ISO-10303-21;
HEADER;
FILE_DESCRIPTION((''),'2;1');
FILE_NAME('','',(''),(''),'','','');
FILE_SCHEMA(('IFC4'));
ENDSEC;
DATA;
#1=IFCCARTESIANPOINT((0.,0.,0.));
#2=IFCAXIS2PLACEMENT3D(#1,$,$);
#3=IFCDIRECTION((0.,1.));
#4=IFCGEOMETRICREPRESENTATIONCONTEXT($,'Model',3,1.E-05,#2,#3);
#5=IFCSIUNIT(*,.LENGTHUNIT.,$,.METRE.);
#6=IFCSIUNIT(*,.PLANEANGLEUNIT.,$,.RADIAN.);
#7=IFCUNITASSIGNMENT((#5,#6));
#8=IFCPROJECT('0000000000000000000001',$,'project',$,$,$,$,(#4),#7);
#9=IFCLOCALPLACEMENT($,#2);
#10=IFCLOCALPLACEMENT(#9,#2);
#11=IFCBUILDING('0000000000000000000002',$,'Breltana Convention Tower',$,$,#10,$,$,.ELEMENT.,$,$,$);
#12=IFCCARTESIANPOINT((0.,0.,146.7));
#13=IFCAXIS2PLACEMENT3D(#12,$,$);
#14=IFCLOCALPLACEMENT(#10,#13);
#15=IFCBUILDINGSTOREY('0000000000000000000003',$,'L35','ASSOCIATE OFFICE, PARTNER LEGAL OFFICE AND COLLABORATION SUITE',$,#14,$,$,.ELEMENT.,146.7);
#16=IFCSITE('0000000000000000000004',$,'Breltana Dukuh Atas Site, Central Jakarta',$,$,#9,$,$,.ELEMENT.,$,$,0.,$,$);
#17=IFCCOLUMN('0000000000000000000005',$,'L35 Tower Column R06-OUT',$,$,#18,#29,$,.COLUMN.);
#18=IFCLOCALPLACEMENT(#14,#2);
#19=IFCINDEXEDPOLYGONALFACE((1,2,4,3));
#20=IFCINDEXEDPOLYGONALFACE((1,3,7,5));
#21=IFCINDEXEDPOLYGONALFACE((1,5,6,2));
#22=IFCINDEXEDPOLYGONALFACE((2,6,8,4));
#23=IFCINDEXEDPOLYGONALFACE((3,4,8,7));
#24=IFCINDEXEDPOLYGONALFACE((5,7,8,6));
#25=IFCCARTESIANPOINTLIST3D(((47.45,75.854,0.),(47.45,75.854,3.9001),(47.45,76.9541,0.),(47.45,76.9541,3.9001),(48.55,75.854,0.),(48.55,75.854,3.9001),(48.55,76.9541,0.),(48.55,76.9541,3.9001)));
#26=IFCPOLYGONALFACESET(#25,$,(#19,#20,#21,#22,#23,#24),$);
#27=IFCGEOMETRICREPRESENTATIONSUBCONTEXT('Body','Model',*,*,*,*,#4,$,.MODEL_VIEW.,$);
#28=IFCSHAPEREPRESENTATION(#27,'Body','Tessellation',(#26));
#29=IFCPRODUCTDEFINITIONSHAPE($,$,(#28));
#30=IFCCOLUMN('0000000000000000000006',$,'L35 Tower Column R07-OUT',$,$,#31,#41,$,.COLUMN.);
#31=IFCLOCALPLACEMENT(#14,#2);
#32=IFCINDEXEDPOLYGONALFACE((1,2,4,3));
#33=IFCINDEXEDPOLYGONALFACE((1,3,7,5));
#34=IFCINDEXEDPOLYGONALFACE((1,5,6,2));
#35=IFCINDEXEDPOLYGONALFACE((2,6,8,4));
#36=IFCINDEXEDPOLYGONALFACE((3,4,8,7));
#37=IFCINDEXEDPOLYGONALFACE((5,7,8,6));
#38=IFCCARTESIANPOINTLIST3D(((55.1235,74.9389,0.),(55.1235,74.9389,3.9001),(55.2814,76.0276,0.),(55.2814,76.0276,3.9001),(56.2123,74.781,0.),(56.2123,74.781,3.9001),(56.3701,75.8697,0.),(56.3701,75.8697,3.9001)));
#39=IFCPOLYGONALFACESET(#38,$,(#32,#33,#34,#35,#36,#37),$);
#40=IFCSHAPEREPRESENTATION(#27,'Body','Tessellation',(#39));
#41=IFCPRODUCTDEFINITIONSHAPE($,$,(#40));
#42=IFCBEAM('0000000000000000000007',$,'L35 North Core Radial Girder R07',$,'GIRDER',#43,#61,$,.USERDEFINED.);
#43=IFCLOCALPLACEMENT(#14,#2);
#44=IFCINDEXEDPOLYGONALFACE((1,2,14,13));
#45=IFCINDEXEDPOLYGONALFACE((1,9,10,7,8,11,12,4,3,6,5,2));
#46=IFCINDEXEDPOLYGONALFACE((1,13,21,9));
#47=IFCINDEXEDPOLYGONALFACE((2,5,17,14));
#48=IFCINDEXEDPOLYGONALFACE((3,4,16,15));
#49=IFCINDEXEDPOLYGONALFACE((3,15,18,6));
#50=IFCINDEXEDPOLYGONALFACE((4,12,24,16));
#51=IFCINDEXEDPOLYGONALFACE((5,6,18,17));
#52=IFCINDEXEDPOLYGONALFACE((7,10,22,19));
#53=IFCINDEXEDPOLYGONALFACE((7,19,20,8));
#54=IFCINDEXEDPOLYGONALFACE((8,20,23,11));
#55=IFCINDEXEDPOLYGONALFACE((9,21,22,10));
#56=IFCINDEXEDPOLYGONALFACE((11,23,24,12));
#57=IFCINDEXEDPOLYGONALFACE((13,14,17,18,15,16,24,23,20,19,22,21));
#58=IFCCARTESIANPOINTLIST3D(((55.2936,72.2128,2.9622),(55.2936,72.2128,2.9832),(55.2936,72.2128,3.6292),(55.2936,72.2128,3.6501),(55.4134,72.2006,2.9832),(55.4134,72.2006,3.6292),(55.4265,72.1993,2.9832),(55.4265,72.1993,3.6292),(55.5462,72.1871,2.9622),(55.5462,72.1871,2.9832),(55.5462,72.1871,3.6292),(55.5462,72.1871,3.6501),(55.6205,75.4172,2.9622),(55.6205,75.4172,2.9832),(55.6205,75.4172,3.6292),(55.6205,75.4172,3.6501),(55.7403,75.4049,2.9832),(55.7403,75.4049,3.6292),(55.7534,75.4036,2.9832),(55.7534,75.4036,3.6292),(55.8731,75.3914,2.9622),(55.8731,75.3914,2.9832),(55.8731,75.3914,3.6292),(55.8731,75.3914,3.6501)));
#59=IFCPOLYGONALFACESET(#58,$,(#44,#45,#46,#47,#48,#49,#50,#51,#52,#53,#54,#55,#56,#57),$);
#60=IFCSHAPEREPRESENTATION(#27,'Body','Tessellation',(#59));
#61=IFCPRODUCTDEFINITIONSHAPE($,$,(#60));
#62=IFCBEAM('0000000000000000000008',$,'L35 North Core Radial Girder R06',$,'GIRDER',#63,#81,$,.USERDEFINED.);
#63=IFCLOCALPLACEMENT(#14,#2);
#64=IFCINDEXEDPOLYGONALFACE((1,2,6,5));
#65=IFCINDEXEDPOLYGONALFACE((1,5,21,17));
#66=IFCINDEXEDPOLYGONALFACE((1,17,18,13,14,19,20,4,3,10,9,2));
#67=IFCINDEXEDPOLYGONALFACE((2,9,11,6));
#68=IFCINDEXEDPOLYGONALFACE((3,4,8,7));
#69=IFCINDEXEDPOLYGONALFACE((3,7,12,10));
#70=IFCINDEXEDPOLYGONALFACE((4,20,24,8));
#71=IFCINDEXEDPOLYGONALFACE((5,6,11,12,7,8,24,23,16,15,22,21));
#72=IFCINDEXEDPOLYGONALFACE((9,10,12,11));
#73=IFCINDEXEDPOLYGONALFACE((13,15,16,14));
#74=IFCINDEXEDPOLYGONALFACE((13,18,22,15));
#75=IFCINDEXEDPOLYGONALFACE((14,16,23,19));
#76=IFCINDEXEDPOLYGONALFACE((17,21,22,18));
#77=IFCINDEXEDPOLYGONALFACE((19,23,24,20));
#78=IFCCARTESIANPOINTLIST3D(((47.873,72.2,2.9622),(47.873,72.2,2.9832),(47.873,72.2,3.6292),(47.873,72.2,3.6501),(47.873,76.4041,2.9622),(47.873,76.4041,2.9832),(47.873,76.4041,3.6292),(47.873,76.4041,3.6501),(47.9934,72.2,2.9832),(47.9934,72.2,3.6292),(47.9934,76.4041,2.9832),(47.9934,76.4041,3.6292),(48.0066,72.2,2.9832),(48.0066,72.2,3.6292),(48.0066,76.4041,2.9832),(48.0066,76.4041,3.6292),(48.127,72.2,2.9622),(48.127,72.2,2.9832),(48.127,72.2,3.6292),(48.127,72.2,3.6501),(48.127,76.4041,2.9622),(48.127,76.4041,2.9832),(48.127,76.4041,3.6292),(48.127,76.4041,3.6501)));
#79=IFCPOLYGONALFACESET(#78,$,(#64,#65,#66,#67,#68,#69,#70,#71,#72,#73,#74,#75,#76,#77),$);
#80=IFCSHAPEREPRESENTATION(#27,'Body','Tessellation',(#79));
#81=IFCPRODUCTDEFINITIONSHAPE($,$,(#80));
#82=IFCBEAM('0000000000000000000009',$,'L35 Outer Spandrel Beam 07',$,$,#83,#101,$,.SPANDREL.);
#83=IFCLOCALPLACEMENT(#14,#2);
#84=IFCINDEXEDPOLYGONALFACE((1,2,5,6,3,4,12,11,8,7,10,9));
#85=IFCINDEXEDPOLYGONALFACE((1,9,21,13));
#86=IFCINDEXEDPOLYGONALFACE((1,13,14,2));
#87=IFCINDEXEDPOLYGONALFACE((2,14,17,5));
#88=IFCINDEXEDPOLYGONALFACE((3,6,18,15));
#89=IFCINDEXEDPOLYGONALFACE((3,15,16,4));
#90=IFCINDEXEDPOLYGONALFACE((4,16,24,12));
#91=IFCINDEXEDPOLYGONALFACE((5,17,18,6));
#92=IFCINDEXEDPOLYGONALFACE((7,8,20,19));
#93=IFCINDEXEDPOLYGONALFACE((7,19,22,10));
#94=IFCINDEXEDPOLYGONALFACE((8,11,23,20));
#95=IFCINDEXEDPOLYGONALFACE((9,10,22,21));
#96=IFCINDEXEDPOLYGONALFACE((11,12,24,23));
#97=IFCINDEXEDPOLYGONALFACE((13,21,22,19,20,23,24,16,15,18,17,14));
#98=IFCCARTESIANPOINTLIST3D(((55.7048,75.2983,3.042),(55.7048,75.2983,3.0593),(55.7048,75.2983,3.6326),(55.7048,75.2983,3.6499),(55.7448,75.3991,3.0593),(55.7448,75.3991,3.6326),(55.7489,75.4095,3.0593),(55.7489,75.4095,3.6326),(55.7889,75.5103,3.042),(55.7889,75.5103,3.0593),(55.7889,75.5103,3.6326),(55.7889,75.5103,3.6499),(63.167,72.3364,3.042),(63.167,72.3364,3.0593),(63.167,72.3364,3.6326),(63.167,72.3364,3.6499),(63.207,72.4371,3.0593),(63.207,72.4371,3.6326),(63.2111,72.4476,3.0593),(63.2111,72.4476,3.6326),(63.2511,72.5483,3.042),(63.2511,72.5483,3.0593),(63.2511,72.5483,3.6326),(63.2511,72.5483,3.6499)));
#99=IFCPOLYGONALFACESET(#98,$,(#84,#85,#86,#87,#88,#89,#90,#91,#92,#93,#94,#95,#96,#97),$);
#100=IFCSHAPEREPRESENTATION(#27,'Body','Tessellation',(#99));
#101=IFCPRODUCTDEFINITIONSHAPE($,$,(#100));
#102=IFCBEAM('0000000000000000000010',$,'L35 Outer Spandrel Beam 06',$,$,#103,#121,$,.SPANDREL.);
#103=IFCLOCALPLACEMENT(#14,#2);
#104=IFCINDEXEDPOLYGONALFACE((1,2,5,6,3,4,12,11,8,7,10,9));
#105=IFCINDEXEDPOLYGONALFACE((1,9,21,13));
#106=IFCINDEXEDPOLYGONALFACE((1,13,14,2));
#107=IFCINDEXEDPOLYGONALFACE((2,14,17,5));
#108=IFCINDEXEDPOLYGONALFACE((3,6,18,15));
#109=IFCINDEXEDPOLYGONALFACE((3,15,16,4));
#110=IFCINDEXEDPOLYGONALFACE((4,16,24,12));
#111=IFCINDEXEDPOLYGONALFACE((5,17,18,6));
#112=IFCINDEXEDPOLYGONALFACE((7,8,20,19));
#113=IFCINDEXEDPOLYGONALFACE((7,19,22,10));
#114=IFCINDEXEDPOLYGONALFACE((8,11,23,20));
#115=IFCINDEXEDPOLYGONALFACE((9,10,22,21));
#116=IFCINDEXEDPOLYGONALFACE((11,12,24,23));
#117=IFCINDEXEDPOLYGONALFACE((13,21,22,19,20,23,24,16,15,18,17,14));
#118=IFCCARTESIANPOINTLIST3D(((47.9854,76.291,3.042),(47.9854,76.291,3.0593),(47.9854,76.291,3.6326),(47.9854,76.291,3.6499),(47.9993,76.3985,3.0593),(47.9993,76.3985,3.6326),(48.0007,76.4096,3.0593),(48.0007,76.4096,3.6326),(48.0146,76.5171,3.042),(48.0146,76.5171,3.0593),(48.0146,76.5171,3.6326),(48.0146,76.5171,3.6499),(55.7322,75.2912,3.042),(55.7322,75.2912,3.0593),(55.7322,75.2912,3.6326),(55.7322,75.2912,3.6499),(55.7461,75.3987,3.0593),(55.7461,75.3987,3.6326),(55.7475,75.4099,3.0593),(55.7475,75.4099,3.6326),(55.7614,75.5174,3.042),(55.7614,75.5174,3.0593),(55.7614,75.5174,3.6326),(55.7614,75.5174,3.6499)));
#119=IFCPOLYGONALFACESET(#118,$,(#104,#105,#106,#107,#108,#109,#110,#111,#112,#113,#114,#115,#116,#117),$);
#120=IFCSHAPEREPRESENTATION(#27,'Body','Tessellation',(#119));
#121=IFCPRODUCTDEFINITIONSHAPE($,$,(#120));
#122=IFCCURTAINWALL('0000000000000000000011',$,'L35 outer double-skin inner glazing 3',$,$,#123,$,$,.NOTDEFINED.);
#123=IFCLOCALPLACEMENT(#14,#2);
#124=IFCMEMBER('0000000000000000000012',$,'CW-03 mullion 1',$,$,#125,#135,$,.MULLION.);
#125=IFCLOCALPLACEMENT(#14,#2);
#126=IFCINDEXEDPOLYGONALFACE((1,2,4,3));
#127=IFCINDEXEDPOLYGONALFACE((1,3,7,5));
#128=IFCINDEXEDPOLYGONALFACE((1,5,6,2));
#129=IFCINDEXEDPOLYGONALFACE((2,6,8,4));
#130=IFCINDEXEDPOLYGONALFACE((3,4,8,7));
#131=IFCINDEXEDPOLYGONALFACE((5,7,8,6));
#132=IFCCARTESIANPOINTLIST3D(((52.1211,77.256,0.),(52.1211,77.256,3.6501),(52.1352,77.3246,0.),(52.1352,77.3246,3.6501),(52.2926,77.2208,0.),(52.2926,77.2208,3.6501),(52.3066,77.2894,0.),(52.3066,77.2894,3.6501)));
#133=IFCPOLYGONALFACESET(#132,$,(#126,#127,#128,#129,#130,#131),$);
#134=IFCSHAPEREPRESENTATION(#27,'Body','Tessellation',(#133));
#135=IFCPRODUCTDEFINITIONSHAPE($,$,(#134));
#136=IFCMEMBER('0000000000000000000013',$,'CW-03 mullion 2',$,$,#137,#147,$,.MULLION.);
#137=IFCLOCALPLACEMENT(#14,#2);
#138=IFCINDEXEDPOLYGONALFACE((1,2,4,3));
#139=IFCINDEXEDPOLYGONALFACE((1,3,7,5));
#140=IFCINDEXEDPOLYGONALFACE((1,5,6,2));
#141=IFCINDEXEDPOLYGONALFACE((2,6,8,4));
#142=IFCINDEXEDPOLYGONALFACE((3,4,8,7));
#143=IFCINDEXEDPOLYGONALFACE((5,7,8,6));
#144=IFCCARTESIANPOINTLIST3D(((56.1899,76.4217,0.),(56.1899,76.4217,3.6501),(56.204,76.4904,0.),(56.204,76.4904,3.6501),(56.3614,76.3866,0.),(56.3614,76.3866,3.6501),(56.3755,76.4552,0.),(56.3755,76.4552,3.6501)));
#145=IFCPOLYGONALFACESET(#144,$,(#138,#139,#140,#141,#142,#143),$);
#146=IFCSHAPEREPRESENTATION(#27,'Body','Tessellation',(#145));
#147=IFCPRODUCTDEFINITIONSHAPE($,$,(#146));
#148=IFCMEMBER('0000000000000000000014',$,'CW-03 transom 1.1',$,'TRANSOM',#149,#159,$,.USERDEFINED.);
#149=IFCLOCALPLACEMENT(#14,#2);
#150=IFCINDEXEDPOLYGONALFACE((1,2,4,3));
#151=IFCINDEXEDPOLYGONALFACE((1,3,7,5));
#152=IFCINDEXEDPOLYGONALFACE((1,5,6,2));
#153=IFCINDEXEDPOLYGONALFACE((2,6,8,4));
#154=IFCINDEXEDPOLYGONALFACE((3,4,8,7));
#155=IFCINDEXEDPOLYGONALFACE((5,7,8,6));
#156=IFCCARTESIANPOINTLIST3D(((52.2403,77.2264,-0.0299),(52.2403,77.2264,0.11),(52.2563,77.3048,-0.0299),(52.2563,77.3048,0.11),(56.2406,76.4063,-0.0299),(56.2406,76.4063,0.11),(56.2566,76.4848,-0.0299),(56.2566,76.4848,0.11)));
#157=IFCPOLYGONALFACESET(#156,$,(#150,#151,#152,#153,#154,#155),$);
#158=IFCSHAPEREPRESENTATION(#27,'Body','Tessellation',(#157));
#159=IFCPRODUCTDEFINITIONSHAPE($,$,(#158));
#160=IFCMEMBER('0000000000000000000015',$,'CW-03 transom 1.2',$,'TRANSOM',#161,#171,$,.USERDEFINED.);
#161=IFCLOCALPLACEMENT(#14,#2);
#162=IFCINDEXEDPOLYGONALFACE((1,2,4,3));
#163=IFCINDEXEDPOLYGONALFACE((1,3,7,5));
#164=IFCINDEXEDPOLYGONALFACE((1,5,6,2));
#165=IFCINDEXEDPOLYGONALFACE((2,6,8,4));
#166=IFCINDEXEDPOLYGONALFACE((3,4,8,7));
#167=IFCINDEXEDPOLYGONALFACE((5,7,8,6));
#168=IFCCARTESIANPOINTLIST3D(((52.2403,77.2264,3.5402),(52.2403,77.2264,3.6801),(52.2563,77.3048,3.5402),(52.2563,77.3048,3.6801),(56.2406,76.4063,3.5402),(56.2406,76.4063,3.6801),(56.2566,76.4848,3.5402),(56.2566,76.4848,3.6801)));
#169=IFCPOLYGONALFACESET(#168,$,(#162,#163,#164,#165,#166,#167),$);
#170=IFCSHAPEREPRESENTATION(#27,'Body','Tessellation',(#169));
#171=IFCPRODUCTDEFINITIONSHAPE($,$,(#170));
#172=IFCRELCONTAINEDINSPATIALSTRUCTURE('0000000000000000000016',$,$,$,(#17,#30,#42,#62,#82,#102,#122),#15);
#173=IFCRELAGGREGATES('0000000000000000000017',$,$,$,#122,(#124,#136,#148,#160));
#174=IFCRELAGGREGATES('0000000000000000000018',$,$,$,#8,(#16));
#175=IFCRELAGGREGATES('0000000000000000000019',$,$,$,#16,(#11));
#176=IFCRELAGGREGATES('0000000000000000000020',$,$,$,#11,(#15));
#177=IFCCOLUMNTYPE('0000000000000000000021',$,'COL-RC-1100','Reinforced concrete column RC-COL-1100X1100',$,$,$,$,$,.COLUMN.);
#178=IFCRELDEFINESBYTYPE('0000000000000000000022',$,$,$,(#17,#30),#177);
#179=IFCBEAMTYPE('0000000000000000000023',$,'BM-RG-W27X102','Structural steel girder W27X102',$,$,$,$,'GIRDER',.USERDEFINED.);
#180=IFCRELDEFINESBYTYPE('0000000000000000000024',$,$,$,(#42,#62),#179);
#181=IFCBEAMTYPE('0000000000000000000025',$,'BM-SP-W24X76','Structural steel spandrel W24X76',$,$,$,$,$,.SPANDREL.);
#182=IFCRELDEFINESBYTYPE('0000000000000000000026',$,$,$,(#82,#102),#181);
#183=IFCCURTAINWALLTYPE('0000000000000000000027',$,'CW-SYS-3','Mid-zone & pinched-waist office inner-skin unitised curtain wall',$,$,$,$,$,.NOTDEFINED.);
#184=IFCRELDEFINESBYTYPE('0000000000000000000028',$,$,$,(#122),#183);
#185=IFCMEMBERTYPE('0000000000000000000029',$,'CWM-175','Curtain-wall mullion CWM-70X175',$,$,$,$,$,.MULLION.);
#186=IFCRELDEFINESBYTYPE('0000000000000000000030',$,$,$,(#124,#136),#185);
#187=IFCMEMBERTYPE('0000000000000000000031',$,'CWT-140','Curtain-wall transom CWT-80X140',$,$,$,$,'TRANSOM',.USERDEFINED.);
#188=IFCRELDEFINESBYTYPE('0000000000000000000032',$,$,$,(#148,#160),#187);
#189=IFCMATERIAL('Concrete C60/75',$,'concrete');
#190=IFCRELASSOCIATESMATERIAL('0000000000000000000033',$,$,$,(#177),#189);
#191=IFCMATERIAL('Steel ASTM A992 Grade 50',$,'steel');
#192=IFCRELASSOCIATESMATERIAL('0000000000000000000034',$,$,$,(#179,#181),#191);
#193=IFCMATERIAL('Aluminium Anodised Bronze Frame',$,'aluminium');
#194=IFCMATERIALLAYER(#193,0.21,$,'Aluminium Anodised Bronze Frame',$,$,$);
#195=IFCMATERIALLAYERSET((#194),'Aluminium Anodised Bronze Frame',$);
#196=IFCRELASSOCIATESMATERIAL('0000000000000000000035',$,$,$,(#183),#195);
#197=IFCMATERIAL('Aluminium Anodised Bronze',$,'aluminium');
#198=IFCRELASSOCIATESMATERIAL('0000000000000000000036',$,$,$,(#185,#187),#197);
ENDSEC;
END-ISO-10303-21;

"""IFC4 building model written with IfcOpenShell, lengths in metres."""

from ifc_helpers import new_model, si_unit, direction, frame, origin, origin_2d, place, context, subcontext, project, spatial, rectangle, i_section, extrude, source, transform, mapped, material, layer, layer_set, material_profile, profile_set, type_object, element, aggregate, save


model = new_model("IFC4")

# Units and contexts
model_context = context("Model", 3, precision=1e-05, world=origin(), true_north=direction((0.0, 1.0)))
body_context = subcontext(model_context, "Body", "Model", "MODEL_VIEW")
ifc_project = project(units=[si_unit("LENGTHUNIT", "METRE"), si_unit("PLANEANGLEUNIT", "RADIAN")], contexts=[model_context])

# Site, building, storey
site_placement = place(None, origin())
site = spatial("IfcSite", under=ifc_project, at=site_placement, Name="Breltana Dukuh Atas Site, Central Jakarta", CompositionType="ELEMENT", RefElevation=0.0)
building_placement = place(site_placement, origin())
building = spatial("IfcBuilding", under=site, at=building_placement, Name="Breltana Convention Tower", CompositionType="ELEMENT")
storey_placement = place(building_placement, frame((0.0, 0.0, 146.7)))
storey = spatial("IfcBuildingStorey", under=building, at=storey_placement, Name="L35", Description="ASSOCIATE OFFICE, PARTNER LEGAL OFFICE AND COLLABORATION SUITE", CompositionType="ELEMENT", Elevation=146.7)

# Columns
ifc_material_1 = material(Name="Concrete C60/75", Category="concrete")
ifc_material_profile_1 = material_profile(ifc_material_1, rectangle(XDim=1.1001, YDim=1.1001, at=origin_2d()), Name="RC-COL-1100X1100")
ifc_profile_set_1 = profile_set([ifc_material_profile_1], Name="Concrete C60/75")
column_type = type_object("IfcColumnType", Name="COL-RC-1100", Description="Reinforced concrete column RC-COL-1100X1100", PredefinedType="COLUMN", material=ifc_profile_set_1)
shared_shape_1 = source(origin(), body_context, "Body", "SweptSolid", [
    extrude(rectangle(XDim=1.1001, YDim=1.1001, at=origin_2d()), origin(), (0.0, 0.0, 1.0), 3.9001),
])
for number, where, z_axis, x_axis, name in (
    (1, (48.0, 76.4041, 0.0), (0.0, 0.0, 1.0), (0.0, 1.0, 0.0), "L35 Tower Column R06-OUT"),
    (2, (55.7468, 75.4043, 0.0), (0.0, 0.0, 1.0), (0.143493, 0.989651, 0.0), "L35 Tower Column R07-OUT"),
):
    element("IfcColumn", number, at=place(storey_placement, frame(where, z_axis=z_axis, x_axis=x_axis)), inside=storey, type_object=column_type, Name=name, PredefinedType="COLUMN", context=body_context, shape_type="MappedRepresentation", body=[
        mapped(shared_shape_1, transform((0.0, 0.0, 0.0), scale=1.0)),
    ])

# Beams
ifc_material_2 = material(Name="Steel ASTM A992 Grade 50", Category="steel")
ifc_material_profile_2 = material_profile(ifc_material_2, i_section(OverallWidth=0.2539, OverallDepth=0.688, WebThickness=0.0132, FlangeThickness=0.021, at=origin_2d()), Name="W27X102")
ifc_profile_set_2 = profile_set([ifc_material_profile_2], Name="Steel ASTM A992 Grade 50")
beam_type_1 = type_object("IfcBeamType", Name="BM-RG-W27X102", Description="Structural steel girder W27X102", ElementType="GIRDER", PredefinedType="USERDEFINED", material=ifc_profile_set_2)
shared_shape_2 = source(origin(), body_context, "Body", "SweptSolid", [
    extrude(i_section(OverallWidth=0.2539, OverallDepth=0.688, WebThickness=0.0132, FlangeThickness=0.021, at=origin_2d()), origin(), (0.0, 0.0, 1.0), 3.2209),
])
beam_1_placement = place(storey_placement, frame((55.4199, 72.2, 3.3062), z_axis=(0.101492, 0.994836, 0.0), x_axis=(-0.994836, 0.101492, 0.0)))
element("IfcBeam", 3, at=beam_1_placement, inside=storey, type_object=beam_type_1, Name="L35 North Core Radial Girder R07", ObjectType="GIRDER", PredefinedType="USERDEFINED", context=body_context, shape_type="MappedRepresentation", body=[
    mapped(shared_shape_2, transform((0.0, 0.0, 0.0), scale=1.0)),
])
shared_shape_3 = source(origin(), body_context, "Body", "SweptSolid", [
    extrude(i_section(OverallWidth=0.2539, OverallDepth=0.688, WebThickness=0.0132, FlangeThickness=0.021, at=origin_2d()), origin(), (0.0, 0.0, 1.0), 4.2041),
])
beam_2_placement = place(storey_placement, frame((48.0, 72.2, 3.3062), z_axis=(0.0, 1.0, 0.0), x_axis=(-1.0, 0.0, 0.0)))
element("IfcBeam", 4, at=beam_2_placement, inside=storey, type_object=beam_type_1, Name="L35 North Core Radial Girder R06", ObjectType="GIRDER", PredefinedType="USERDEFINED", context=body_context, shape_type="MappedRepresentation", body=[
    mapped(shared_shape_3, transform((0.0, 0.0, 0.0), scale=1.0)),
])
ifc_material_profile_3 = material_profile(ifc_material_2, i_section(OverallWidth=0.228, OverallDepth=0.6079, WebThickness=0.0112, FlangeThickness=0.0173, at=origin_2d()), Name="W24X76")
ifc_profile_set_3 = profile_set([ifc_material_profile_3], Name="Steel ASTM A992 Grade 50")
beam_type_2 = type_object("IfcBeamType", Name="BM-SP-W24X76", Description="Structural steel spandrel W24X76", PredefinedType="SPANDREL", material=ifc_profile_set_3)
shared_shape_4 = source(origin(), body_context, "Body", "SweptSolid", [
    extrude(i_section(OverallWidth=0.228, OverallDepth=0.6079, WebThickness=0.0112, FlangeThickness=0.0173, at=origin_2d()), origin(), (0.0, 0.0, 1.0), 8.0286),
])
beam_3_placement = place(storey_placement, frame((55.7468, 75.4043, 3.3459), z_axis=(0.929459, -0.368925, 0.0), x_axis=(0.368925, 0.929459, 0.0)))
element("IfcBeam", 5, at=beam_3_placement, inside=storey, type_object=beam_type_2, Name="L35 Outer Spandrel Beam 07", PredefinedType="SPANDREL", context=body_context, shape_type="MappedRepresentation", body=[
    mapped(shared_shape_4, transform((0.0, 0.0, 0.0), scale=1.0)),
])
shared_shape_5 = source(origin(), body_context, "Body", "SweptSolid", [
    extrude(i_section(OverallWidth=0.228, OverallDepth=0.6079, WebThickness=0.0112, FlangeThickness=0.0173, at=origin_2d()), origin(), (0.0, 0.0, 1.0), 7.811),
])
beam_4_placement = place(storey_placement, frame((48.0, 76.4041, 3.3459), z_axis=(0.991775, -0.127992, 0.0), x_axis=(0.127992, 0.991775, 0.0)))
element("IfcBeam", 6, at=beam_4_placement, inside=storey, type_object=beam_type_2, Name="L35 Outer Spandrel Beam 06", PredefinedType="SPANDREL", context=body_context, shape_type="MappedRepresentation", body=[
    mapped(shared_shape_5, transform((0.0, 0.0, 0.0), scale=1.0)),
])

# Curtain wall, members
ifc_material_3 = material(Name="Aluminium Anodised Bronze Frame", Category="aluminium")
ifc_layer_1 = layer(ifc_material_3, 0.21, Name="Aluminium Anodised Bronze Frame")
ifc_layer_set_1 = layer_set([ifc_layer_1], Name="Aluminium Anodised Bronze Frame")
curtain_wall_type = type_object("IfcCurtainWallType", Name="CW-SYS-3", Description="Mid-zone & pinched-waist office inner-skin unitised curtain wall", PredefinedType="NOTDEFINED", material=ifc_layer_set_1)
curtain_wall_placement = place(storey_placement, origin())
curtain_wall = element("IfcCurtainWall", 7, at=curtain_wall_placement, inside=storey, type_object=curtain_wall_type, Name="L35 outer double-skin inner glazing 3", PredefinedType="NOTDEFINED")
ifc_material_4 = material(Name="Aluminium Anodised Bronze", Category="aluminium")
ifc_material_profile_4 = material_profile(ifc_material_4, rectangle(XDim=0.0701, YDim=0.175, at=origin_2d()), Name="CWM-70X175")
ifc_profile_set_4 = profile_set([ifc_material_profile_4], Name="Aluminium Anodised Bronze")
member_type_1 = type_object("IfcMemberType", Name="CWM-175", Description="Curtain-wall mullion CWM-70X175", PredefinedType="MULLION", material=ifc_profile_set_4)
shared_shape_6 = source(origin(), body_context, "Body", "SweptSolid", [
    extrude(rectangle(XDim=0.0701, YDim=0.175, at=origin_2d()), origin(), (0.0, 0.0, 1.0), 3.6501),
])
member_1_placement = place(storey_placement, frame((52.2139, 77.2727, 0.0), z_axis=(0.0, 0.0, 1.0), x_axis=(0.200877, 0.979617, 0.0)))
member_1 = element("IfcMember", 8, at=member_1_placement, type_object=member_type_1, Name="CW-03 mullion 1", PredefinedType="MULLION", context=body_context, shape_type="MappedRepresentation", body=[
    mapped(shared_shape_6, transform((0.0, 0.0, 0.0), scale=1.0)),
])
member_2_placement = place(storey_placement, frame((56.2827, 76.4385, 0.0), z_axis=(0.0, 0.0, 1.0), x_axis=(0.200877, 0.979617, 0.0)))
member_2 = element("IfcMember", 9, at=member_2_placement, type_object=member_type_1, Name="CW-03 mullion 2", PredefinedType="MULLION", context=body_context, shape_type="MappedRepresentation", body=[
    mapped(shared_shape_6, transform((0.0, 0.0, 0.0), scale=1.0)),
])
ifc_material_profile_5 = material_profile(ifc_material_4, rectangle(XDim=0.0801, YDim=0.1399, at=origin_2d()), Name="CWT-80X140")
ifc_profile_set_5 = profile_set([ifc_material_profile_5], Name="Aluminium Anodised Bronze")
member_type_2 = type_object("IfcMemberType", Name="CWT-140", Description="Curtain-wall transom CWT-80X140", ElementType="TRANSOM", PredefinedType="USERDEFINED", material=ifc_profile_set_5)
shared_shape_7 = source(origin(), body_context, "Body", "SweptSolid", [
    extrude(rectangle(XDim=0.0801, YDim=0.1399, at=origin_2d()), origin(), (0.0, 0.0, 1.0), 4.0835),
])
member_3_placement = place(storey_placement, frame((52.2483, 77.2656, 0.04), z_axis=(0.979627, -0.200828, 0.0), x_axis=(0.200828, 0.979627, 0.0)))
member_3 = element("IfcMember", 10, at=member_3_placement, type_object=member_type_2, Name="CW-03 transom 1.1", ObjectType="TRANSOM", PredefinedType="USERDEFINED", context=body_context, shape_type="MappedRepresentation", body=[
    mapped(shared_shape_7, transform((0.0, 0.0, 0.0), scale=1.0)),
])
member_4_placement = place(storey_placement, frame((52.2483, 77.2656, 3.6101), z_axis=(0.979627, -0.200828, 0.0), x_axis=(0.200828, 0.979627, 0.0)))
member_4 = element("IfcMember", 11, at=member_4_placement, type_object=member_type_2, Name="CW-03 transom 1.2", ObjectType="TRANSOM", PredefinedType="USERDEFINED", context=body_context, shape_type="MappedRepresentation", body=[
    mapped(shared_shape_7, transform((0.0, 0.0, 0.0), scale=1.0)),
])
aggregate(curtain_wall, [member_1, member_2, member_3, member_4])

save(model, "model.ifc")
